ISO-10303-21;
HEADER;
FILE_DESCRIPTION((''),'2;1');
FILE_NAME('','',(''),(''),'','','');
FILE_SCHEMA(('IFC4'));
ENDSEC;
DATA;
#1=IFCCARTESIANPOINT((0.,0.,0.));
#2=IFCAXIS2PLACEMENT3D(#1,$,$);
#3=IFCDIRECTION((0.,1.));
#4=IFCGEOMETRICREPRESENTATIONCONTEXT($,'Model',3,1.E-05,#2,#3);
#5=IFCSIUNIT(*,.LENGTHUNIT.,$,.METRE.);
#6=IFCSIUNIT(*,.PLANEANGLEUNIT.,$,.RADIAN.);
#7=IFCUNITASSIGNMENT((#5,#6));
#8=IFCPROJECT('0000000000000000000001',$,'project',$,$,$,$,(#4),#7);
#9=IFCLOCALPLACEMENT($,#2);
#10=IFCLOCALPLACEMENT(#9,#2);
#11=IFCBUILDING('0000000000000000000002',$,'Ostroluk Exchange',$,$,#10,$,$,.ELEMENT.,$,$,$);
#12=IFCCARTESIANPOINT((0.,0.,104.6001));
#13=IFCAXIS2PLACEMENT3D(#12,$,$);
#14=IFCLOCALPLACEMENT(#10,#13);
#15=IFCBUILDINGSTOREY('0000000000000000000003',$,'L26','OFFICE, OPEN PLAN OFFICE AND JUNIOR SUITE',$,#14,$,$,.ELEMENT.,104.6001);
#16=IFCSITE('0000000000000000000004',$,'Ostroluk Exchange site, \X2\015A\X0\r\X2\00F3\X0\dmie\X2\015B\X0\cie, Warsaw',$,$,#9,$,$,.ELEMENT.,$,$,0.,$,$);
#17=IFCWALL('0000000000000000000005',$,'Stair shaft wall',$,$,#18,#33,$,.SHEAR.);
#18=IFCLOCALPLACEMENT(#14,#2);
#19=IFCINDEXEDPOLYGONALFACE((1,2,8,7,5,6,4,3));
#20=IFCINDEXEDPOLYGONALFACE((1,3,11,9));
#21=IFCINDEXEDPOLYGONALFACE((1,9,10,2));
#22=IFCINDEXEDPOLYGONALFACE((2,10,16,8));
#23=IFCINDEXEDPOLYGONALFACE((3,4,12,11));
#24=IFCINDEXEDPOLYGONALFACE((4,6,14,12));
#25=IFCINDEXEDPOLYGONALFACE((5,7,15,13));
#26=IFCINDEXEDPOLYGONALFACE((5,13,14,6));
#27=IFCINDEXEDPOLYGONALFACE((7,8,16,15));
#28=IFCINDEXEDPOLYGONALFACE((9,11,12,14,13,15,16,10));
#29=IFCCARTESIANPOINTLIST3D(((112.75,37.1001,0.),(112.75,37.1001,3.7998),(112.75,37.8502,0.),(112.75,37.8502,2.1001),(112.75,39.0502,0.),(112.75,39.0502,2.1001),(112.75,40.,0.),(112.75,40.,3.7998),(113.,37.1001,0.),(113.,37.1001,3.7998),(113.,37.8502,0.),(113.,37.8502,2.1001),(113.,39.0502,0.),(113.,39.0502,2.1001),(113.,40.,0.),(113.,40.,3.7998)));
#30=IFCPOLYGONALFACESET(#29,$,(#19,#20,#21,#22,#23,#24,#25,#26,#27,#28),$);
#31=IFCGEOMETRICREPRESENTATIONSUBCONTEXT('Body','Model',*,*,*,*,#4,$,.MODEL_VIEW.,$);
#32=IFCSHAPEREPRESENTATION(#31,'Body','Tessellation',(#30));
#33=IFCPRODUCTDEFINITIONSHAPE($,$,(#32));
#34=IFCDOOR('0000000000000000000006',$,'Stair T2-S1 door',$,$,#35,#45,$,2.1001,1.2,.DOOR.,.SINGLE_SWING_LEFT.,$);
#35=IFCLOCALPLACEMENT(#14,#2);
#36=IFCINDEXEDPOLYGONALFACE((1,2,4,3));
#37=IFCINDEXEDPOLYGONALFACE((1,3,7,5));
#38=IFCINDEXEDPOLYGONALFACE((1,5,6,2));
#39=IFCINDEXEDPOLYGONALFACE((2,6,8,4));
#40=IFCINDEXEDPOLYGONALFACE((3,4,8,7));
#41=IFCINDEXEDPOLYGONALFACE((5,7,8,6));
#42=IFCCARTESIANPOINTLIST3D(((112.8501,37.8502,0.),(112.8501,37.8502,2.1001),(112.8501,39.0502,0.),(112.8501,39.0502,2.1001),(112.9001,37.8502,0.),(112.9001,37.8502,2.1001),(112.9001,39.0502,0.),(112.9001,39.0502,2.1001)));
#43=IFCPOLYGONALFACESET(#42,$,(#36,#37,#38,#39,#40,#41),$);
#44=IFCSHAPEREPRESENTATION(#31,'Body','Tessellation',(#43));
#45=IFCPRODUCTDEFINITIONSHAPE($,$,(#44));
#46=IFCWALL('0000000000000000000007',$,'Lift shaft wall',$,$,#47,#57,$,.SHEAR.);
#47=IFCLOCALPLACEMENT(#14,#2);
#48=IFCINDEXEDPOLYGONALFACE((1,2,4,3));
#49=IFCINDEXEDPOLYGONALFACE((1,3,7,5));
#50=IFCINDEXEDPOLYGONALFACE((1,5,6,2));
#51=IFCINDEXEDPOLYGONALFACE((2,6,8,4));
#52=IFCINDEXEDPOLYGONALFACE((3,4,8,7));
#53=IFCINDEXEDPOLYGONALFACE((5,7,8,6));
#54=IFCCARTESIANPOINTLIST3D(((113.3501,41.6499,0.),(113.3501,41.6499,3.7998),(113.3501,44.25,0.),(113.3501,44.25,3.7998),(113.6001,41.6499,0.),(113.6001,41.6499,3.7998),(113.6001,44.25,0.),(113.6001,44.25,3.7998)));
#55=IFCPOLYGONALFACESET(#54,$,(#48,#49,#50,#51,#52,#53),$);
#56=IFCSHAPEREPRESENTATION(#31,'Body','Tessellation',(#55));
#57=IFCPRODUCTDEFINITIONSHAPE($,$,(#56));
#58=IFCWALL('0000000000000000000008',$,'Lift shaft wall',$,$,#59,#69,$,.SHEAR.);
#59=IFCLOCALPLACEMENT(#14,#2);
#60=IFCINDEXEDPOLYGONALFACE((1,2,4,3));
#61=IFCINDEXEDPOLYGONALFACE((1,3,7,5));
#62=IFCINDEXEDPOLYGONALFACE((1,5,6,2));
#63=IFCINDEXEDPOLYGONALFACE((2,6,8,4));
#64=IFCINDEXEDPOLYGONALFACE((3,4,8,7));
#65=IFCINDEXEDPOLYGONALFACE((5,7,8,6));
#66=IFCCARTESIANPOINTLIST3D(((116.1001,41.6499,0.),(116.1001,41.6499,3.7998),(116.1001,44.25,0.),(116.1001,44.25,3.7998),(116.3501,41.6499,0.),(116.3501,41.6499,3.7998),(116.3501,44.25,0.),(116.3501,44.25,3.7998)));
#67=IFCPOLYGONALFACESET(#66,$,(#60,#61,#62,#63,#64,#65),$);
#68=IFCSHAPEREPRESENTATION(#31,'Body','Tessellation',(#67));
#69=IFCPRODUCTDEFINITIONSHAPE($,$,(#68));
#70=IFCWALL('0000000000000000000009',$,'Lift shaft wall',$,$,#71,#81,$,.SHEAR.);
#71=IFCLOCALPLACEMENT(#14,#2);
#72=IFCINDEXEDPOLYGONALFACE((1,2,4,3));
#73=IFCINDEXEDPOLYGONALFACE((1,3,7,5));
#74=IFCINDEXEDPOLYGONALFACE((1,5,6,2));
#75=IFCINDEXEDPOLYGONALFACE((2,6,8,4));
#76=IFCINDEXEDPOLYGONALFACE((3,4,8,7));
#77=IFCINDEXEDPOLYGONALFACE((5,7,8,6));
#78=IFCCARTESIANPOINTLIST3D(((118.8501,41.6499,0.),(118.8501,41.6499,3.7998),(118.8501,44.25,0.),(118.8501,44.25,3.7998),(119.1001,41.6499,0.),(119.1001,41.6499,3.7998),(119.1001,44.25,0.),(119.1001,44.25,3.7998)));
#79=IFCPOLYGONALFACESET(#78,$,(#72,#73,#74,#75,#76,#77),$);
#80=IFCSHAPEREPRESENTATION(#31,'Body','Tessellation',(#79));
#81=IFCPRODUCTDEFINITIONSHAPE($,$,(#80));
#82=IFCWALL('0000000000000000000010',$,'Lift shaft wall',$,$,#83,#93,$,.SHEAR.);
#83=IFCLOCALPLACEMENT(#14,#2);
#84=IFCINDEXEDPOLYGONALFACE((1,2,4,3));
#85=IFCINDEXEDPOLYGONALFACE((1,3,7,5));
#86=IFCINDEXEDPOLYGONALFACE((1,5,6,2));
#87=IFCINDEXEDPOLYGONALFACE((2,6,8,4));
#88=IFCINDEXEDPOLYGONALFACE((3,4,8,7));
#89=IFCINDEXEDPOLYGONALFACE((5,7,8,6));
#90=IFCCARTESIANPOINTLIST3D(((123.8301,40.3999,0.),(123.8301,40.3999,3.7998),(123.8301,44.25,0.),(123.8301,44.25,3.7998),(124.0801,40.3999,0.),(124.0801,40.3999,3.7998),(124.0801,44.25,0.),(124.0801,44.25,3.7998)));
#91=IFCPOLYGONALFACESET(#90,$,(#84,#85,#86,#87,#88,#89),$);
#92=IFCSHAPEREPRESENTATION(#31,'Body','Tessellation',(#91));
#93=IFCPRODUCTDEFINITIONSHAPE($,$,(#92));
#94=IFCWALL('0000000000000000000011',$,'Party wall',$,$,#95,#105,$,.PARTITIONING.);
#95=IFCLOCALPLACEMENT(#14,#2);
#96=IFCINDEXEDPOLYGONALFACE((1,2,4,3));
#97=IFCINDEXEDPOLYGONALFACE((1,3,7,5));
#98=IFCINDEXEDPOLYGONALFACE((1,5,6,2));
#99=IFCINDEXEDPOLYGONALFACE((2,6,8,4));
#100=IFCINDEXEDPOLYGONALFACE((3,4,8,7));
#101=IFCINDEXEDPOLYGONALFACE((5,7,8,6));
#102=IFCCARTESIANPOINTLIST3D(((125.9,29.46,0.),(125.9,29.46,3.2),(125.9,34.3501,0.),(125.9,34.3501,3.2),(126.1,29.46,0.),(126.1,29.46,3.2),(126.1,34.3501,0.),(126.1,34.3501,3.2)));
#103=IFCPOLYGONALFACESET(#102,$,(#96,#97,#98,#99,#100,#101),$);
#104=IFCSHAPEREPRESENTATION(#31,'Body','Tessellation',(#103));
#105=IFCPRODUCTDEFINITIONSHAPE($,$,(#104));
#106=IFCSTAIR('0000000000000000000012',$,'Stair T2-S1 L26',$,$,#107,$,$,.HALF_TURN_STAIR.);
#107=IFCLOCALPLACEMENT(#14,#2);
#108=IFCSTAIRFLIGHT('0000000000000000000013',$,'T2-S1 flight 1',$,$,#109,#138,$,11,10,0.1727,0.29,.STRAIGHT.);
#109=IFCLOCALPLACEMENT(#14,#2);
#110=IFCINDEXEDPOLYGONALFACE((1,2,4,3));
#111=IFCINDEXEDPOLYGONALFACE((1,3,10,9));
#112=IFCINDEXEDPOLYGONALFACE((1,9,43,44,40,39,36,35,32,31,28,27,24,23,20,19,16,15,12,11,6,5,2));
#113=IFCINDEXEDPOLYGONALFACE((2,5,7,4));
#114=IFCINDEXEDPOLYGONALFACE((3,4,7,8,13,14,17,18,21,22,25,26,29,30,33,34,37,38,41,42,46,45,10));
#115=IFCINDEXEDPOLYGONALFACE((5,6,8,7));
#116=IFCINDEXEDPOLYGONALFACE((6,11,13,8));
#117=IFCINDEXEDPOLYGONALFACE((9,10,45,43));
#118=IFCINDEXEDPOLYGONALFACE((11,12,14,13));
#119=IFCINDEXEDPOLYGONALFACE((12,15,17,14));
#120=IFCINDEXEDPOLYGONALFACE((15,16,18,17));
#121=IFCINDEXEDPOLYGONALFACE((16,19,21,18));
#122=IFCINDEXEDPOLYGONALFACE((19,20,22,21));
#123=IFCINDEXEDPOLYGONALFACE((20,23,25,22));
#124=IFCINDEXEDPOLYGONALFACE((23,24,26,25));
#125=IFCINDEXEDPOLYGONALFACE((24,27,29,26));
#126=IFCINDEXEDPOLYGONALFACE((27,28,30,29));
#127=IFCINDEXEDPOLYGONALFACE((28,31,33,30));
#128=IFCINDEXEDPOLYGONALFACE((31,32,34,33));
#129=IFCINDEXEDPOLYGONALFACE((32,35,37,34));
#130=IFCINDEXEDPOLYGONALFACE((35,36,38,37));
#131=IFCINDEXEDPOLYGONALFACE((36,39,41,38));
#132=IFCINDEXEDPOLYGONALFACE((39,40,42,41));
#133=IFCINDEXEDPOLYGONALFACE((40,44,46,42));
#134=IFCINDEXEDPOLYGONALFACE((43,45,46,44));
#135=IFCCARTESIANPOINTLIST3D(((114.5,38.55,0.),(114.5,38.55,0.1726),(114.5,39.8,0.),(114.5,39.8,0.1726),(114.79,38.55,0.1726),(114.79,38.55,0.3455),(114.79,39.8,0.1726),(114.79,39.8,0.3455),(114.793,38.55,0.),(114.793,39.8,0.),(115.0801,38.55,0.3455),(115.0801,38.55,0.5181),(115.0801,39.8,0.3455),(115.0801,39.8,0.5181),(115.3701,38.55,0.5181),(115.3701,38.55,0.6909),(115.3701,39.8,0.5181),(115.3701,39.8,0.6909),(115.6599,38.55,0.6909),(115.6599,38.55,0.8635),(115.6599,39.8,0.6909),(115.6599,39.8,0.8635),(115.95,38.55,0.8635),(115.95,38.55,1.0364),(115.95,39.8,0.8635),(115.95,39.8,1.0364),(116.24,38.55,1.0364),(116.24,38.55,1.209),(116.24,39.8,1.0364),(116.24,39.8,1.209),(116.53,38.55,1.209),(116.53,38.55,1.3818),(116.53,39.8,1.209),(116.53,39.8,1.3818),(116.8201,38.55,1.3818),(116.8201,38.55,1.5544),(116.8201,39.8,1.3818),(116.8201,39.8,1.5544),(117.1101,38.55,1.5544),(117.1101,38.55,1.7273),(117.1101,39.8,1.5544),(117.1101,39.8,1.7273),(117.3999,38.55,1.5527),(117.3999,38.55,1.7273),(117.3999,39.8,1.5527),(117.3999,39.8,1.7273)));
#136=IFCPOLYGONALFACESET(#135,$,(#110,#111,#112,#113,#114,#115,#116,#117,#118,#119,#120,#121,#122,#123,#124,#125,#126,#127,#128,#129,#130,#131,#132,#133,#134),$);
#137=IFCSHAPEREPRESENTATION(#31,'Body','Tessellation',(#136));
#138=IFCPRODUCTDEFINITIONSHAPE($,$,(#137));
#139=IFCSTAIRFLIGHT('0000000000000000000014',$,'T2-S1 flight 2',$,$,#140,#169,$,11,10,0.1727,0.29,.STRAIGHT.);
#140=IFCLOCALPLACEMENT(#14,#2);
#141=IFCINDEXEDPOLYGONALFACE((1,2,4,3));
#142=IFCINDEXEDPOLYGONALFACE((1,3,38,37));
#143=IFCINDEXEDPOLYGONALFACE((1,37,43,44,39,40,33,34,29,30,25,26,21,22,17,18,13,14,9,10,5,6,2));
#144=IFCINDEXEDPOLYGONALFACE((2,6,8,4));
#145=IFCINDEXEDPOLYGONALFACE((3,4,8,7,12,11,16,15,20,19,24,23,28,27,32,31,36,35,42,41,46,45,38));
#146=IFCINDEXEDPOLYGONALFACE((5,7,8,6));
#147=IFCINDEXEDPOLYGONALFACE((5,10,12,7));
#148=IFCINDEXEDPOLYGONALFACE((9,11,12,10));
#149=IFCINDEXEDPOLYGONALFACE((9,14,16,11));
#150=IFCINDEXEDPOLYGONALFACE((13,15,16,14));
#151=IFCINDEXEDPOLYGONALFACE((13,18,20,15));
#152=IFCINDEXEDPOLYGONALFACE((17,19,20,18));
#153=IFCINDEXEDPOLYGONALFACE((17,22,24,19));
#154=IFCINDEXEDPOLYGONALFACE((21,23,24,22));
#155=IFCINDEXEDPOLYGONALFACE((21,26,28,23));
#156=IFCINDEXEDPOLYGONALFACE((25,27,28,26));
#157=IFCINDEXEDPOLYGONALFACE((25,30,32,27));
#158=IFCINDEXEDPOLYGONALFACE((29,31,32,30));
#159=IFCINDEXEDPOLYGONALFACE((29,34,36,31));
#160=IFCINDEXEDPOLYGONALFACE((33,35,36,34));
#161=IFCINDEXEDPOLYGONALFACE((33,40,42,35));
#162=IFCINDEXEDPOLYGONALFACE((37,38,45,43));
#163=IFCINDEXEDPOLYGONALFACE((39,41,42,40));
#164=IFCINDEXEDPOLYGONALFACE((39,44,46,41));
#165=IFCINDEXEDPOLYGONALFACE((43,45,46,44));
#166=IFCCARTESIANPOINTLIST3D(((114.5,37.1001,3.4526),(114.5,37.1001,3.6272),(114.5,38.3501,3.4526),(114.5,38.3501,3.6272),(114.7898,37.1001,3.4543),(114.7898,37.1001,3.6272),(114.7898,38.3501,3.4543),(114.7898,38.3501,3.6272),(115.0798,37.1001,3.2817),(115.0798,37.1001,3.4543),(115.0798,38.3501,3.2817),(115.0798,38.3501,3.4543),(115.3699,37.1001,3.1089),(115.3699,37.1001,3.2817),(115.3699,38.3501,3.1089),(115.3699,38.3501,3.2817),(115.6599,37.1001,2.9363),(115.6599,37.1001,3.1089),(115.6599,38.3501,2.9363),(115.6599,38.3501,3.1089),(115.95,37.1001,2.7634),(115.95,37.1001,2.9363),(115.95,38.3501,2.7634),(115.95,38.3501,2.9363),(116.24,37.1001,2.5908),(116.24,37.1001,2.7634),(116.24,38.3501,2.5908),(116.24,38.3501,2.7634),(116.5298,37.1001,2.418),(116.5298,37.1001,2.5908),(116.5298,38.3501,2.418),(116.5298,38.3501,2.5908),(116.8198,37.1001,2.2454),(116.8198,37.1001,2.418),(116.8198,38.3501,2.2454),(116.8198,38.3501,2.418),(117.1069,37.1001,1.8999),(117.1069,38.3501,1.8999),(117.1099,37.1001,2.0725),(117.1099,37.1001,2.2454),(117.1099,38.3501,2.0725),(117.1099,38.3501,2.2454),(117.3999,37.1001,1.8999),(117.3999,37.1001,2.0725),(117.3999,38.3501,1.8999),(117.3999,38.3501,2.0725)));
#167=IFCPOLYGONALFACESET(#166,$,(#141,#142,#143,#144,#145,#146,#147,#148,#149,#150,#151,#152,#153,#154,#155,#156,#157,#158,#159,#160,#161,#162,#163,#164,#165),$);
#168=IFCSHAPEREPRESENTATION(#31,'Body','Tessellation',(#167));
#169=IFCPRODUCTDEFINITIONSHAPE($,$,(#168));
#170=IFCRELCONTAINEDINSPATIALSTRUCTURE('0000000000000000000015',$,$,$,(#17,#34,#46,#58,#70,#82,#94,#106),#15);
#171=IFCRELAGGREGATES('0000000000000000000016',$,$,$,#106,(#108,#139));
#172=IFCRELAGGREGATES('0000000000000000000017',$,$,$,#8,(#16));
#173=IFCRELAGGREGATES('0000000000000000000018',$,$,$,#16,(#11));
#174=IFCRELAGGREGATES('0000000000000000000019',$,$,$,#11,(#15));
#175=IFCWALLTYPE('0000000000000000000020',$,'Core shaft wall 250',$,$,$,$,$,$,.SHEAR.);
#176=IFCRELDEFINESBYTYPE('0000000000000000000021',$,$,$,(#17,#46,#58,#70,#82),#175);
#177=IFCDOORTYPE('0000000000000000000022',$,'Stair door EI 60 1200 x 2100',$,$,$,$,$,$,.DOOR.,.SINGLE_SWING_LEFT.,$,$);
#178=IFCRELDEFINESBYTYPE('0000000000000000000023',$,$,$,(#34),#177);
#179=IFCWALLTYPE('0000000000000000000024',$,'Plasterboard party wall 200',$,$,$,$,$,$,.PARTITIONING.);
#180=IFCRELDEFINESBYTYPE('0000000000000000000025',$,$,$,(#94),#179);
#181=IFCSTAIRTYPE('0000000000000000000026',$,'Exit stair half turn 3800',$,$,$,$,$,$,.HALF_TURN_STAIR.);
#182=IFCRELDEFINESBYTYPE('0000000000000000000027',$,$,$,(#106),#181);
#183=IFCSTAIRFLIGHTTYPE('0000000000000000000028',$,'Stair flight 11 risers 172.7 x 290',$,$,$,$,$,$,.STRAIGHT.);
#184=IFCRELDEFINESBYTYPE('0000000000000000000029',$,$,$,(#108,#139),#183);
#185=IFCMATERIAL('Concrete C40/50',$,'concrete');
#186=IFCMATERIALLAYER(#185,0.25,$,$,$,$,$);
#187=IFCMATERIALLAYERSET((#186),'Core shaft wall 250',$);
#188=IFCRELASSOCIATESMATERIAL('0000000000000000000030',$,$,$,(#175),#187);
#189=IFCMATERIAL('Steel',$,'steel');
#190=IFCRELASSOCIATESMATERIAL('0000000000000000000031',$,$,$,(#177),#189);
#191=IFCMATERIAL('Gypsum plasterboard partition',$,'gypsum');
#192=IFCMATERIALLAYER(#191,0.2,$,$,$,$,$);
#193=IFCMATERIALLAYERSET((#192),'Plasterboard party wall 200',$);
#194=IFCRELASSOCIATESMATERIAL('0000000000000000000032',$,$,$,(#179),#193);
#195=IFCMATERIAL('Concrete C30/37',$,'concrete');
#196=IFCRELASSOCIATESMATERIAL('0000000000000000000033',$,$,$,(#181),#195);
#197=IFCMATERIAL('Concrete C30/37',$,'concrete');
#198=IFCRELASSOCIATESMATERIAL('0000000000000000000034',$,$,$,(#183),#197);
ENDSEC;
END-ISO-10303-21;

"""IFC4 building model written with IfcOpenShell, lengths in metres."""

from ifc_helpers import new_model, si_unit, direction, frame, frame_2d, origin, place, context, subcontext, project, spatial, polyline, rectangle, outline, extrude, material, layer, layer_set, type_object, element, fill, aggregate, save


model = new_model("IFC4")

# Units and contexts
model_context = context("Model", 3, precision=1e-05, world=origin(), true_north=direction((0.0, 1.0)))
body_context = subcontext(model_context, "Body", "Model", "MODEL_VIEW")
ifc_project = project(units=[si_unit("LENGTHUNIT", "METRE"), si_unit("PLANEANGLEUNIT", "RADIAN")], contexts=[model_context])

# Site, building, storey
site_placement = place(None, origin())
site = spatial("IfcSite", under=ifc_project, at=site_placement, Name="Ostroluk Exchange site, Śródmieście, Warsaw", CompositionType="ELEMENT", RefElevation=0.0)
building_placement = place(site_placement, origin())
building = spatial("IfcBuilding", under=site, at=building_placement, Name="Ostroluk Exchange", CompositionType="ELEMENT")
storey_placement = place(building_placement, frame((0.0, 0.0, 104.6001)))
storey = spatial("IfcBuildingStorey", under=building, at=storey_placement, Name="L26", Description="OFFICE, OPEN PLAN OFFICE AND JUNIOR SUITE", CompositionType="ELEMENT", Elevation=104.6001)

# Wall, opening, door
ifc_material_1 = material(Name="Concrete C40/50", Category="concrete")
ifc_layer_1 = layer(ifc_material_1, 0.25)
ifc_layer_set_1 = layer_set([ifc_layer_1], Name="Core shaft wall 250")
wall_type_1 = type_object("IfcWallType", Name="Core shaft wall 250", PredefinedType="SHEAR", material=ifc_layer_set_1)
wall_1_placement = place(storey_placement, frame((112.875, 37.1001, 0.0), z_axis=(0.0, 0.0, 1.0), x_axis=(0.0, 1.0, 0.0)))
wall_1 = element("IfcWall", 1, at=wall_1_placement, inside=storey, type_object=wall_type_1, Name="Stair shaft wall", PredefinedType="SHEAR", context=body_context, shape_type="SweptSolid", body=[
    extrude(rectangle(XDim=2.8999, YDim=0.25, at=frame_2d((1.45, 0.0))), origin(), (0.0, 0.0, 1.0), 3.7998),
])
opening_1_placement = place(wall_1_placement, frame((0.75, 0.0, 0.0)))
opening_1 = element("IfcOpeningElement", 2, at=opening_1_placement, cuts=wall_1, PredefinedType="OPENING", context=body_context, shape_type="SweptSolid", body=[
    extrude(rectangle(XDim=1.2, YDim=2.1001, at=frame_2d((0.6001, 1.05))), frame((0.0, 0.135, 0.0), z_axis=(0.0, -1.0, 0.0), x_axis=(1.0, 0.0, 0.0)), (0.0, 0.0, 1.0), 0.27),
])
ifc_material_2 = material(Name="Steel", Category="steel")
door_type_1 = type_object("IfcDoorType", Name="Stair door EI 60 1200 x 2100", OperationType="SINGLE_SWING_LEFT", PredefinedType="DOOR", material=ifc_material_2)
door_1_placement = place(opening_1_placement, origin())
door_1 = element("IfcDoor", 3, at=door_1_placement, inside=storey, type_object=door_type_1, Name="Stair T2-S1 door", OperationType="SINGLE_SWING_LEFT", OverallHeight=2.1001, OverallWidth=1.2, PredefinedType="DOOR", context=body_context, shape_type="SweptSolid", body=[
    extrude(rectangle(XDim=1.2, YDim=2.1001, at=frame_2d((0.6001, 1.05))), frame((0.0, 0.0249, 0.0), z_axis=(0.0, -1.0, 0.0), x_axis=(1.0, 0.0, 0.0)), (0.0, 0.0, 1.0), 0.05),
])
fill(opening_1, door_1)

# Walls
for number, where, z_axis, x_axis, name in (
    (4, (113.4751, 44.25, 0.0), (0.0, 0.0, 1.0), (0.0, -1.0, 0.0), "Lift shaft wall"),
    (5, (116.2251, 44.25, 0.0), (0.0, 0.0, 1.0), (0.0, -1.0, 0.0), "Lift shaft wall"),
    (6, (118.9751, 44.25, 0.0), (0.0, 0.0, 1.0), (0.0, -1.0, 0.0), "Lift shaft wall"),
):
    element("IfcWall", number, at=place(storey_placement, frame(where, z_axis=z_axis, x_axis=x_axis)), inside=storey, type_object=wall_type_1, Name=name, PredefinedType="SHEAR", context=body_context, shape_type="SweptSolid", body=[
        extrude(rectangle(XDim=2.6001, YDim=0.25, at=frame_2d((1.3, 0.0))), origin(), (0.0, 0.0, 1.0), 3.7998),
    ])
wall_2_placement = place(storey_placement, frame((123.9551, 44.25, 0.0), z_axis=(0.0, 0.0, 1.0), x_axis=(0.0, -1.0, 0.0)))
element("IfcWall", 7, at=wall_2_placement, inside=storey, type_object=wall_type_1, Name="Lift shaft wall", PredefinedType="SHEAR", context=body_context, shape_type="SweptSolid", body=[
    extrude(rectangle(XDim=3.8501, YDim=0.25, at=frame_2d((1.925, 0.0))), origin(), (0.0, 0.0, 1.0), 3.7998),
])

# Wall
ifc_material_3 = material(Name="Gypsum plasterboard partition", Category="gypsum")
ifc_layer_2 = layer(ifc_material_3, 0.2)
ifc_layer_set_2 = layer_set([ifc_layer_2], Name="Plasterboard party wall 200")
wall_type_2 = type_object("IfcWallType", Name="Plasterboard party wall 200", PredefinedType="PARTITIONING", material=ifc_layer_set_2)
wall_3_placement = place(storey_placement, frame((126.0, 34.3501, 0.0), z_axis=(0.0, 0.0, 1.0), x_axis=(0.0, -1.0, 0.0)))
element("IfcWall", 8, at=wall_3_placement, inside=storey, type_object=wall_type_2, Name="Party wall", PredefinedType="PARTITIONING", context=body_context, shape_type="SweptSolid", body=[
    extrude(rectangle(XDim=4.8901, YDim=0.2, at=frame_2d((2.4451, 0.0))), origin(), (0.0, 0.0, 1.0), 3.2),
])

# Stair, stair flights
ifc_material_4 = material(Name="Concrete C30/37", Category="concrete")
stair_type = type_object("IfcStairType", Name="Exit stair half turn 3800", PredefinedType="HALF_TURN_STAIR", material=ifc_material_4)
stair_placement = place(storey_placement, origin())
stair = element("IfcStair", 9, at=stair_placement, inside=storey, type_object=stair_type, Name="Stair T2-S1 L26", PredefinedType="HALF_TURN_STAIR")
ifc_material_5 = material(Name="Concrete C30/37", Category="concrete")
stair_flight_type = type_object("IfcStairFlightType", Name="Stair flight 11 risers 172.7 x 290", PredefinedType="STRAIGHT", material=ifc_material_5)
stair_flight_1_placement = place(storey_placement, frame((114.5, 39.175, 0.0), z_axis=(0.0, 0.0, 1.0), x_axis=(1.0, 0.0, 0.0)))
stair_flight_1 = element("IfcStairFlight", 10, at=stair_flight_1_placement, type_object=stair_flight_type, Name="T2-S1 flight 1", NumberOfRisers=11, NumberOfTreads=10, PredefinedType="STRAIGHT", RiserHeight=0.1727, TreadLength=0.29, context=body_context, shape_type="SweptSolid", body=[
    extrude(outline(polyline([(0.0, 0.0), (0.0, 0.1726), (0.29, 0.1726), (0.29, 0.3455), (0.5801, 0.3455), (0.5801, 0.5181), (0.8701, 0.5181), (0.8701, 0.6909), (1.1599, 0.6909), (1.1599, 0.8635), (1.45, 0.8635), (1.45, 1.0364), (1.74, 1.0364), (1.74, 1.209), (2.03, 1.209), (2.03, 1.3818), (2.3201, 1.3818), (2.3201, 1.5544), (2.6101, 1.5544), (2.6101, 1.7273), (2.8999, 1.7273), (2.8999, 1.8999), (2.8999, 1.5527), (0.293, 0.0), (0.0, 0.0)])), frame((0.0, 0.625, 0.0), z_axis=(0.0, -1.0, 0.0), x_axis=(1.0, 0.0, 0.0)), (0.0, 0.0, 1.0), 1.25),
])
stair_flight_2_placement = place(storey_placement, frame((117.3999, 37.7251, 1.8999), z_axis=(0.0, 0.0, 1.0), x_axis=(-1.0, 0.0, 0.0)))
stair_flight_2 = element("IfcStairFlight", 11, at=stair_flight_2_placement, type_object=stair_flight_type, Name="T2-S1 flight 2", NumberOfRisers=11, NumberOfTreads=10, PredefinedType="STRAIGHT", RiserHeight=0.1727, TreadLength=0.29, context=body_context, shape_type="SweptSolid", body=[
    extrude(outline(polyline([(0.0, 0.0), (0.0, 0.1726), (0.29, 0.1726), (0.29, 0.3455), (0.5801, 0.3455), (0.5801, 0.5181), (0.8701, 0.5181), (0.8701, 0.6909), (1.1599, 0.6909), (1.1599, 0.8635), (1.45, 0.8635), (1.45, 1.0364), (1.74, 1.0364), (1.74, 1.209), (2.03, 1.209), (2.03, 1.3818), (2.3201, 1.3818), (2.3201, 1.5544), (2.6101, 1.5544), (2.6101, 1.7273), (2.8999, 1.7273), (2.8999, 1.8999), (2.8999, 1.5527), (0.293, 0.0), (0.0, 0.0)])), frame((0.0, 0.625, 0.0), z_axis=(0.0, -1.0, 0.0), x_axis=(1.0, 0.0, 0.0)), (0.0, 0.0, 1.0), 1.25),
])
aggregate(stair, [stair_flight_1, stair_flight_2])

save(model, "model.ifc")
